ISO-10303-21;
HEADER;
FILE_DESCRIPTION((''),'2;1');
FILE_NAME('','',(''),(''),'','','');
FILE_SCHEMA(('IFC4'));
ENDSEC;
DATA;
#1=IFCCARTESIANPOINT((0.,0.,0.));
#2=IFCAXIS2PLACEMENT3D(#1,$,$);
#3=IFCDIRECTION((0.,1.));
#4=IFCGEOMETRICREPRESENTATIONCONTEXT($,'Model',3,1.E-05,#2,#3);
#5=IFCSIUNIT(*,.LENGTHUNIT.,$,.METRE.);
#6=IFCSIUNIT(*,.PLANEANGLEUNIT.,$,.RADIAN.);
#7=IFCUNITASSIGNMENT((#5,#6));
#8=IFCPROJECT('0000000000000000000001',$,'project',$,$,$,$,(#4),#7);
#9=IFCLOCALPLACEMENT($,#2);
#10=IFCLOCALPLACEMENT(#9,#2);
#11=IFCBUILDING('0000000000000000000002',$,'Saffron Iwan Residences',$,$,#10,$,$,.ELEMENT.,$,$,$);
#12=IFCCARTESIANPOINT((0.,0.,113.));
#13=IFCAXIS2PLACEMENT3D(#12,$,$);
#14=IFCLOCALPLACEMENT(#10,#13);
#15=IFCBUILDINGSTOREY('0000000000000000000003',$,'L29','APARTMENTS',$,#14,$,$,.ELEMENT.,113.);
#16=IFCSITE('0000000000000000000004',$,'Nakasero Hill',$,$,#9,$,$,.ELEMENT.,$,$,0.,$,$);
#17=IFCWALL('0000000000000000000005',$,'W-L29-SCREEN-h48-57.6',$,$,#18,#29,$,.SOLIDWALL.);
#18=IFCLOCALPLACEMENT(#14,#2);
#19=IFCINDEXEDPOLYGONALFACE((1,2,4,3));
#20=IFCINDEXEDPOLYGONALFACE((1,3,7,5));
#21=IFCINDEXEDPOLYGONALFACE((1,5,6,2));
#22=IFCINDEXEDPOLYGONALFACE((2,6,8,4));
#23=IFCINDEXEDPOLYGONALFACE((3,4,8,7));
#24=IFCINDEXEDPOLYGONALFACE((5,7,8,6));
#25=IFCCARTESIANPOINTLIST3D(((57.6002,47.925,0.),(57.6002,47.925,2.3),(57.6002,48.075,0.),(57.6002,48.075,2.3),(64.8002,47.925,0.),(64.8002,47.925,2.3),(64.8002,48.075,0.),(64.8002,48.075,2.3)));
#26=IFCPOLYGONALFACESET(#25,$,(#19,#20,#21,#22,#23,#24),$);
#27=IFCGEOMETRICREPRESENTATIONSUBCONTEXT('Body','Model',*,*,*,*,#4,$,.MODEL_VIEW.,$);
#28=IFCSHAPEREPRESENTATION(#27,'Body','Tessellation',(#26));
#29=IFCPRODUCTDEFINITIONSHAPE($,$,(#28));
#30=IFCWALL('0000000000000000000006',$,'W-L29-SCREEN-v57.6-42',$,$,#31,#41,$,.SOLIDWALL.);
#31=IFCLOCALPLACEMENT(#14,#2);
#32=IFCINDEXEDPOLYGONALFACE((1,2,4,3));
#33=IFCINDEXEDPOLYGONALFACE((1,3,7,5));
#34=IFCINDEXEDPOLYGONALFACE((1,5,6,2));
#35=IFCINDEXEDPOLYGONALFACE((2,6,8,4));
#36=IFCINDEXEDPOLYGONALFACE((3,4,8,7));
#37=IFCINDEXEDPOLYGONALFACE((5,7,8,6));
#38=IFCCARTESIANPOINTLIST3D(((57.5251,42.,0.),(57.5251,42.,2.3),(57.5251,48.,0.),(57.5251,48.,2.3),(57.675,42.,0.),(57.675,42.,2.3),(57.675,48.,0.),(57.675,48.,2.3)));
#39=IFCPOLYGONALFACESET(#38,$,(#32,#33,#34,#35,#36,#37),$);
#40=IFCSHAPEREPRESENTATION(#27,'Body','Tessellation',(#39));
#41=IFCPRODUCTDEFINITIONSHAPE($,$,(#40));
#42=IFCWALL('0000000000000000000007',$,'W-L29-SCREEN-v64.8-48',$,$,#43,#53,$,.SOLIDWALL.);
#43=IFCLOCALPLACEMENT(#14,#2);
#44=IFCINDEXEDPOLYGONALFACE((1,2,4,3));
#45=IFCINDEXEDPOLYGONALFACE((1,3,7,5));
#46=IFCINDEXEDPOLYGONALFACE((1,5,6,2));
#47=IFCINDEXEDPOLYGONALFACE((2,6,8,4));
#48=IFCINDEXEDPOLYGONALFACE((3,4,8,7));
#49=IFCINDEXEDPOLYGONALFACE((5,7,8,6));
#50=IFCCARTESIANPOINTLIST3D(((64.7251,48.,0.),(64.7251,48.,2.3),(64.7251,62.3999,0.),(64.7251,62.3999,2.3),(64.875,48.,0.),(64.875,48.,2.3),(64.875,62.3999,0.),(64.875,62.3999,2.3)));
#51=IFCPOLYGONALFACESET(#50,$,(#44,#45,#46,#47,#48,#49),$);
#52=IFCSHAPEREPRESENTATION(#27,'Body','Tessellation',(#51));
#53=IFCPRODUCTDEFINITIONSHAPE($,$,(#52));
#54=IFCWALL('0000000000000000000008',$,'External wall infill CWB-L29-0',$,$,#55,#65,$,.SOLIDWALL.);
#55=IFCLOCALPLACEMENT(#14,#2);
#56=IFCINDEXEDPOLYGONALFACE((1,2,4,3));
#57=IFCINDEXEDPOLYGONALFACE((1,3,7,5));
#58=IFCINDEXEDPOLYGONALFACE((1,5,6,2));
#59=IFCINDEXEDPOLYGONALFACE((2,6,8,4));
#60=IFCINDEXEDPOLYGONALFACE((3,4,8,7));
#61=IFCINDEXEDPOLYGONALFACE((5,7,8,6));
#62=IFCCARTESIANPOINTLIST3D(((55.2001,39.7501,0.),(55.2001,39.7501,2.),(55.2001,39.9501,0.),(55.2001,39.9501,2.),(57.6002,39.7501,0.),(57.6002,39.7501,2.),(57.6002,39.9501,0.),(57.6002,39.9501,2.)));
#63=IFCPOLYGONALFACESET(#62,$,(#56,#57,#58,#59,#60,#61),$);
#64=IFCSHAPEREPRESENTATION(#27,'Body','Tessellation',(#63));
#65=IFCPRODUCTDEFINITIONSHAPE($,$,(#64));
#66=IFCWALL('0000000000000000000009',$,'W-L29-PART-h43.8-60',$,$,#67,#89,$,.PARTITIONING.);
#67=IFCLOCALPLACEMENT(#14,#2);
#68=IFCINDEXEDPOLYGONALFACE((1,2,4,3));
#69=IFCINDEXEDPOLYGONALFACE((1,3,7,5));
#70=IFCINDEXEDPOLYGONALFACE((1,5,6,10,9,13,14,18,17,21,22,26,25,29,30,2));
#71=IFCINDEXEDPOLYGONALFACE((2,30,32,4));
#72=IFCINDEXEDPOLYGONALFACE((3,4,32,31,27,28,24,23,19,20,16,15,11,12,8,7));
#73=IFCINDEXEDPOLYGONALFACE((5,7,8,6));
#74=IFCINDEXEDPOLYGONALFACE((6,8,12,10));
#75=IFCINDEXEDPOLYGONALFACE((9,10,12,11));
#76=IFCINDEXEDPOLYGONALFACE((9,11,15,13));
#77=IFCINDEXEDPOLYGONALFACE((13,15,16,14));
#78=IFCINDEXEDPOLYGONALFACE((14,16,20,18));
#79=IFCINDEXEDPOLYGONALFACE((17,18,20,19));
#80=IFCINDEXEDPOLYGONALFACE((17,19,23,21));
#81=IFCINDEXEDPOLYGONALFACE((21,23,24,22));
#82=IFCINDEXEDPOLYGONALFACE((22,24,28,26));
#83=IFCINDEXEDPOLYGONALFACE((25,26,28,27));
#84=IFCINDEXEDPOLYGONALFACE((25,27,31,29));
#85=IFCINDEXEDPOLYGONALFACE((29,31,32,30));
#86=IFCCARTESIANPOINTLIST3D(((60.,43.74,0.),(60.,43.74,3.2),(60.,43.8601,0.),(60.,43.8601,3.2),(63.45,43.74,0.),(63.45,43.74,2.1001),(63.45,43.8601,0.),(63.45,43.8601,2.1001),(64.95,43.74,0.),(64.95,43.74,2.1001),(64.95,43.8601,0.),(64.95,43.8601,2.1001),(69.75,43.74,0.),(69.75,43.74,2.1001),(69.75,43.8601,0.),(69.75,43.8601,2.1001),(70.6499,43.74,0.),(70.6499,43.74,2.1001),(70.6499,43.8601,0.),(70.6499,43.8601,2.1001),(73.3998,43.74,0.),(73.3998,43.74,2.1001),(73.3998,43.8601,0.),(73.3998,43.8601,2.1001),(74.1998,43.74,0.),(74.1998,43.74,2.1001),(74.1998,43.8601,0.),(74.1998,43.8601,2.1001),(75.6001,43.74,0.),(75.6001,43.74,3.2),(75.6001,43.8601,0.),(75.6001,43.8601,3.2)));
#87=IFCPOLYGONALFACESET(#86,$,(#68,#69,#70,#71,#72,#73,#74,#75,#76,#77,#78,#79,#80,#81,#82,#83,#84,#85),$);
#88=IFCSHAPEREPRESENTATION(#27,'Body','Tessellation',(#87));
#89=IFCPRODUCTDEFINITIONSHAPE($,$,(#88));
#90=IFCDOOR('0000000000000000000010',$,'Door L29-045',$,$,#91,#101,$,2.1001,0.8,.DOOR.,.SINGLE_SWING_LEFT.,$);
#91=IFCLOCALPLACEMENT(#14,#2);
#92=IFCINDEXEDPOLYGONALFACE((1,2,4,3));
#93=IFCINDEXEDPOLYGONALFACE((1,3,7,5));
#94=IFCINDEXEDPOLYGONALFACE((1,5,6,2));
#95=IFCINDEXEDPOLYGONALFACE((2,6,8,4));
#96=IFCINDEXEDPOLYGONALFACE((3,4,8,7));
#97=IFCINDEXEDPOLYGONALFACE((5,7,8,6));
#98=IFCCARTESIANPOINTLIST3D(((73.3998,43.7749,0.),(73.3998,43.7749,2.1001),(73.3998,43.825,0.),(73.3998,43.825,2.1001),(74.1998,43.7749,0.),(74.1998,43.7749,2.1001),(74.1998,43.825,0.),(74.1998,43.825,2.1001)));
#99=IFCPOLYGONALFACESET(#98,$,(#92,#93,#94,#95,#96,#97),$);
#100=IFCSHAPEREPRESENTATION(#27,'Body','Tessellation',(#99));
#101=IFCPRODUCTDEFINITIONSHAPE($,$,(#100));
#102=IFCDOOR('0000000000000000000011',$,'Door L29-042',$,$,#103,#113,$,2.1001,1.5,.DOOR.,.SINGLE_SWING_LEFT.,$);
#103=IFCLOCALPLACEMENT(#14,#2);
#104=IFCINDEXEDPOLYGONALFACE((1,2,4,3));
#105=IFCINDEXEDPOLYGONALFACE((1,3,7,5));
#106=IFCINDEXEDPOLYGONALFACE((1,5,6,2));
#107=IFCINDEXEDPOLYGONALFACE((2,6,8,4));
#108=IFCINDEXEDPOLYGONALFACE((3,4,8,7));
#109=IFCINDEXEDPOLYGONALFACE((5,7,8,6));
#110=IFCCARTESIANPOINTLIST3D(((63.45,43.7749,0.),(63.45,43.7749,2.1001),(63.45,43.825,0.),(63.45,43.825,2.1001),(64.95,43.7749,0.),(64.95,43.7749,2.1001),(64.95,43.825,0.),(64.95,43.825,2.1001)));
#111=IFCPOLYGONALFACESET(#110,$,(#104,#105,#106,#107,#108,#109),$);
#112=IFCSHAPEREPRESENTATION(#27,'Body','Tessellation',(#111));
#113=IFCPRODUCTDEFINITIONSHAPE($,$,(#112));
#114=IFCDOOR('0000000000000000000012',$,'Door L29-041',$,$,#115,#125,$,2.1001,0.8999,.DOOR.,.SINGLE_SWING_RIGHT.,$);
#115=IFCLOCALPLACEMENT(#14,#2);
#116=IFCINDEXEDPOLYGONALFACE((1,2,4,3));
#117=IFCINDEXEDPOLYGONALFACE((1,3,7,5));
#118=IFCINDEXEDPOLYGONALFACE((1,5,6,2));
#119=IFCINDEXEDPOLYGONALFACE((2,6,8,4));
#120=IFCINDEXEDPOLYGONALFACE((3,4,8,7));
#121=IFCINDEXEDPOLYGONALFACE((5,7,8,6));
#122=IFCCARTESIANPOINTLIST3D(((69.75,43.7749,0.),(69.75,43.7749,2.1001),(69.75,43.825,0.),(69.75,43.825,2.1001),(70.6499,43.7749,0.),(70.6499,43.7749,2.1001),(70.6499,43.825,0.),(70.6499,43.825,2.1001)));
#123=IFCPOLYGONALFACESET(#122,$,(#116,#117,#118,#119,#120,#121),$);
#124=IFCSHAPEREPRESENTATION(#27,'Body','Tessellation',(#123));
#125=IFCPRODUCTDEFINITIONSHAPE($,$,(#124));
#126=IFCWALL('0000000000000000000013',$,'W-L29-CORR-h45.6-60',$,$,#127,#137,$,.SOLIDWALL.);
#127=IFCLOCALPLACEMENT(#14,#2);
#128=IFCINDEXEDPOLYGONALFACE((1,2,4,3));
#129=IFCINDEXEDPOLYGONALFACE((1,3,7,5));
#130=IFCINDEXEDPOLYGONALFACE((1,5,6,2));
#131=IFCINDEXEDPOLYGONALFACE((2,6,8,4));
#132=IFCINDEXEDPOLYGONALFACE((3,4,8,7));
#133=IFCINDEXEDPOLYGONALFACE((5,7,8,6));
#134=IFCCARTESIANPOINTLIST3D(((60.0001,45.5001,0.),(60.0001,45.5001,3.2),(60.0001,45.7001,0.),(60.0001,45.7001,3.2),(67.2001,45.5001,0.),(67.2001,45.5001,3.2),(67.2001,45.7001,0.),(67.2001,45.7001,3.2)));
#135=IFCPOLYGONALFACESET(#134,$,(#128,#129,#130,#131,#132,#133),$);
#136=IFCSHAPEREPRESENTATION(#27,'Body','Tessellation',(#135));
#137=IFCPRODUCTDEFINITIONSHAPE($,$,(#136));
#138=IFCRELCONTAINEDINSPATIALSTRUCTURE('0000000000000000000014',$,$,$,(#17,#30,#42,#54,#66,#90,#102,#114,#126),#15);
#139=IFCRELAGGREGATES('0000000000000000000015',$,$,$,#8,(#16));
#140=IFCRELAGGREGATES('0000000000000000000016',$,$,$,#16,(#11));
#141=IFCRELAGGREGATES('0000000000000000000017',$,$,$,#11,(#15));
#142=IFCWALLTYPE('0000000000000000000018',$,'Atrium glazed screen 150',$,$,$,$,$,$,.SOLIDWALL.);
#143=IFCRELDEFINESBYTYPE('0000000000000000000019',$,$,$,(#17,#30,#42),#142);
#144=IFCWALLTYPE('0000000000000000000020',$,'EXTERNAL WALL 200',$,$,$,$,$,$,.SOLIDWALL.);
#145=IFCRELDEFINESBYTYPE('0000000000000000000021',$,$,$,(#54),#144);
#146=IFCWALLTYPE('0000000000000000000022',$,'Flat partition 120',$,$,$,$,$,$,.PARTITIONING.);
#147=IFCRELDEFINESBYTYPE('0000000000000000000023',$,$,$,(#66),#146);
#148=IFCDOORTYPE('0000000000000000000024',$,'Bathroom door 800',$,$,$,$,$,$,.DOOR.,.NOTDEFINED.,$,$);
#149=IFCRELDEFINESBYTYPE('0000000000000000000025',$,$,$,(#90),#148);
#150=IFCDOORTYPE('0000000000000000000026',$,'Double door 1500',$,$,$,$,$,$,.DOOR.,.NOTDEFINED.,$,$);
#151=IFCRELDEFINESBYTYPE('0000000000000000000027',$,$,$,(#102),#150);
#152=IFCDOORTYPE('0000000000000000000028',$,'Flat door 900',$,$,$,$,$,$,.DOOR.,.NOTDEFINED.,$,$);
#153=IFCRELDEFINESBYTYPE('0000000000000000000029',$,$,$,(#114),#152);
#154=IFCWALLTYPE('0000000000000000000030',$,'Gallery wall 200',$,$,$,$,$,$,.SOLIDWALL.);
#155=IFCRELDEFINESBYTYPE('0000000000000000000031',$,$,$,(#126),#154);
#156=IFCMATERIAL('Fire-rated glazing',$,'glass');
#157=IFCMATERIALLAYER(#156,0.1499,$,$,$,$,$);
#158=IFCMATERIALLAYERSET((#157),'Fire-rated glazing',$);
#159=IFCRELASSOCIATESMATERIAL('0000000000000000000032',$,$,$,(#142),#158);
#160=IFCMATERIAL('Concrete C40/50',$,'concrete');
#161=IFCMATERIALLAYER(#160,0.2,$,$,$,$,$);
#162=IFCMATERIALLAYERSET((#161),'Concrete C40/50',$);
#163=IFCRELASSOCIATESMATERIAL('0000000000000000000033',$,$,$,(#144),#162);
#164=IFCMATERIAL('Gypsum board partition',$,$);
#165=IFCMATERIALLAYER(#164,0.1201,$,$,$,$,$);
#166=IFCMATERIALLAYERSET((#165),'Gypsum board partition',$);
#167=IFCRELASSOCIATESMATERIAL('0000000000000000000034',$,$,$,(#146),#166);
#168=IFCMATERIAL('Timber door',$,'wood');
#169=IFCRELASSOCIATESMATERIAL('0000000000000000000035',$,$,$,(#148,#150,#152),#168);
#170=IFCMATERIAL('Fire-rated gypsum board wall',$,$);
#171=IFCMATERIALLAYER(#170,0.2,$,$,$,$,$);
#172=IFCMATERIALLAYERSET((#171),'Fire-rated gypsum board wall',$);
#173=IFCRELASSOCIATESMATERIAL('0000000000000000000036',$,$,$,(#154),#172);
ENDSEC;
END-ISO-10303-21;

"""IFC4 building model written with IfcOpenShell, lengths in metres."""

from ifc_helpers import new_model, si_unit, direction, frame, frame_2d, origin, place, context, subcontext, project, spatial, rectangle, extrude, material, layer, layer_set, type_object, element, fill, save


model = new_model("IFC4")

# Units and contexts
model_context = context("Model", 3, precision=1e-05, world=origin(), true_north=direction((0.0, 1.0)))
body_context = subcontext(model_context, "Body", "Model", "MODEL_VIEW")
ifc_project = project(units=[si_unit("LENGTHUNIT", "METRE"), si_unit("PLANEANGLEUNIT", "RADIAN")], contexts=[model_context])

# Site, building, storey
site_placement = place(None, origin())
site = spatial("IfcSite", under=ifc_project, at=site_placement, Name="Nakasero Hill", CompositionType="ELEMENT", RefElevation=0.0)
building_placement = place(site_placement, origin())
building = spatial("IfcBuilding", under=site, at=building_placement, Name="Saffron Iwan Residences", CompositionType="ELEMENT")
storey_placement = place(building_placement, frame((0.0, 0.0, 113.0)))
storey = spatial("IfcBuildingStorey", under=building, at=storey_placement, Name="L29", Description="APARTMENTS", CompositionType="ELEMENT", Elevation=113.0)

# Walls
ifc_material_1 = material(Name="Fire-rated glazing", Category="glass")
ifc_layer_1 = layer(ifc_material_1, 0.1499)
ifc_layer_set_1 = layer_set([ifc_layer_1], Name="Fire-rated glazing")
wall_type_1 = type_object("IfcWallType", Name="Atrium glazed screen 150", PredefinedType="SOLIDWALL", material=ifc_layer_set_1)
wall_1_placement = place(storey_placement, frame((57.6001, 48.0, 0.0), z_axis=(0.0, 0.0, 1.0), x_axis=(1.0, 0.0, 0.0)))
element("IfcWall", 1, at=wall_1_placement, inside=storey, type_object=wall_type_1, Name="W-L29-SCREEN-h48-57.6", PredefinedType="SOLIDWALL", context=body_context, shape_type="SweptSolid", body=[
    extrude(rectangle(XDim=7.2, YDim=0.1499, at=frame_2d((3.6001, 0.0))), origin(), (0.0, 0.0, 1.0), 2.3),
])
wall_2_placement = place(storey_placement, frame((57.6001, 42.0, 0.0), z_axis=(0.0, 0.0, 1.0), x_axis=(0.0, 1.0, 0.0)))
element("IfcWall", 2, at=wall_2_placement, inside=storey, type_object=wall_type_1, Name="W-L29-SCREEN-v57.6-42", PredefinedType="SOLIDWALL", context=body_context, shape_type="SweptSolid", body=[
    extrude(rectangle(XDim=6.0, YDim=0.1499, at=frame_2d((3.0, 0.0))), origin(), (0.0, 0.0, 1.0), 2.3),
])
wall_3_placement = place(storey_placement, frame((64.8, 48.0, 0.0), z_axis=(0.0, 0.0, 1.0), x_axis=(0.0, 1.0, 0.0)))
element("IfcWall", 3, at=wall_3_placement, inside=storey, type_object=wall_type_1, Name="W-L29-SCREEN-v64.8-48", PredefinedType="SOLIDWALL", context=body_context, shape_type="SweptSolid", body=[
    extrude(rectangle(XDim=14.3999, YDim=0.1499, at=frame_2d((7.2, 0.0))), origin(), (0.0, 0.0, 1.0), 2.3),
])
ifc_material_2 = material(Name="Concrete C40/50", Category="concrete")
ifc_layer_2 = layer(ifc_material_2, 0.2)
ifc_layer_set_2 = layer_set([ifc_layer_2], Name="Concrete C40/50")
wall_type_2 = type_object("IfcWallType", Name="EXTERNAL WALL 200", PredefinedType="SOLIDWALL", material=ifc_layer_set_2)
wall_4_placement = place(storey_placement, frame((55.2, 39.8501, 0.0), z_axis=(0.0, 0.0, 1.0), x_axis=(1.0, 0.0, 0.0)))
element("IfcWall", 4, at=wall_4_placement, inside=storey, type_object=wall_type_2, Name="External wall infill CWB-L29-0", PredefinedType="SOLIDWALL", context=body_context, shape_type="SweptSolid", body=[
    extrude(rectangle(XDim=2.4001, YDim=0.2, at=frame_2d((1.2002, 0.0))), origin(), (0.0, 0.0, 1.0), 2.0),
])

# Wall, openings, doors
ifc_material_3 = material(Name="Gypsum board partition")
ifc_layer_3 = layer(ifc_material_3, 0.1201)
ifc_layer_set_3 = layer_set([ifc_layer_3], Name="Gypsum board partition")
wall_type_3 = type_object("IfcWallType", Name="Flat partition 120", PredefinedType="PARTITIONING", material=ifc_layer_set_3)
wall_5_placement = place(storey_placement, frame((60.0, 43.8, 0.0), z_axis=(0.0, 0.0, 1.0), x_axis=(1.0, 0.0, 0.0)))
wall_5 = element("IfcWall", 5, at=wall_5_placement, inside=storey, type_object=wall_type_3, Name="W-L29-PART-h43.8-60", PredefinedType="PARTITIONING", context=body_context, shape_type="SweptSolid", body=[
    extrude(rectangle(XDim=15.6001, YDim=0.1201, at=frame_2d((7.8, 0.0))), origin(), (0.0, 0.0, 1.0), 3.2),
])
opening_1_placement = place(wall_5_placement, frame((9.75, 0.0, 0.0)))
opening_1 = element("IfcOpeningElement", 6, at=opening_1_placement, cuts=wall_5, PredefinedType="OPENING", context=body_context, shape_type="SweptSolid", body=[
    extrude(rectangle(XDim=0.8999, YDim=2.1001, at=frame_2d((0.45, 1.05))), frame((0.0, 0.0701, 0.0), z_axis=(0.0, -1.0, 0.0), x_axis=(1.0, 0.0, 0.0)), (0.0, 0.0, 1.0), 0.1401),
])
opening_2_placement = place(wall_5_placement, frame((3.45, 0.0, 0.0)))
opening_2 = element("IfcOpeningElement", 7, at=opening_2_placement, cuts=wall_5, PredefinedType="OPENING", context=body_context, shape_type="SweptSolid", body=[
    extrude(rectangle(XDim=1.5, YDim=2.1001, at=frame_2d((0.75, 1.05))), frame((0.0, 0.0701, 0.0), z_axis=(0.0, -1.0, 0.0), x_axis=(1.0, 0.0, 0.0)), (0.0, 0.0, 1.0), 0.1401),
])
opening_3_placement = place(wall_5_placement, frame((13.3999, 0.0, 0.0)))
opening_3 = element("IfcOpeningElement", 8, at=opening_3_placement, cuts=wall_5, PredefinedType="OPENING", context=body_context, shape_type="SweptSolid", body=[
    extrude(rectangle(XDim=0.8, YDim=2.1001, at=frame_2d((0.3999, 1.05))), frame((0.0, 0.0701, 0.0), z_axis=(0.0, -1.0, 0.0), x_axis=(1.0, 0.0, 0.0)), (0.0, 0.0, 1.0), 0.1401),
])
ifc_material_4 = material(Name="Timber door", Category="wood")
door_type_1 = type_object("IfcDoorType", Name="Bathroom door 800", OperationType="NOTDEFINED", PredefinedType="DOOR", material=ifc_material_4)
door_1_placement = place(opening_3_placement, origin())
door_1 = element("IfcDoor", 9, at=door_1_placement, inside=storey, type_object=door_type_1, Name="Door L29-045", OperationType="SINGLE_SWING_LEFT", OverallHeight=2.1001, OverallWidth=0.8, PredefinedType="DOOR", context=body_context, shape_type="SweptSolid", body=[
    extrude(rectangle(XDim=0.8, YDim=2.1001, at=frame_2d((0.3999, 1.05))), frame((0.0, 0.0249, 0.0), z_axis=(0.0, -1.0, 0.0), x_axis=(1.0, 0.0, 0.0)), (0.0, 0.0, 1.0), 0.05),
])
fill(opening_3, door_1)
door_type_2 = type_object("IfcDoorType", Name="Double door 1500", OperationType="NOTDEFINED", PredefinedType="DOOR", material=ifc_material_4)
door_2_placement = place(opening_2_placement, origin())
door_2 = element("IfcDoor", 10, at=door_2_placement, inside=storey, type_object=door_type_2, Name="Door L29-042", OperationType="SINGLE_SWING_LEFT", OverallHeight=2.1001, OverallWidth=1.5, PredefinedType="DOOR", context=body_context, shape_type="SweptSolid", body=[
    extrude(rectangle(XDim=1.5, YDim=2.1001, at=frame_2d((0.75, 1.05))), frame((0.0, 0.0249, 0.0), z_axis=(0.0, -1.0, 0.0), x_axis=(1.0, 0.0, 0.0)), (0.0, 0.0, 1.0), 0.05),
])
fill(opening_2, door_2)
door_type_3 = type_object("IfcDoorType", Name="Flat door 900", OperationType="NOTDEFINED", PredefinedType="DOOR", material=ifc_material_4)
door_3_placement = place(opening_1_placement, origin())
door_3 = element("IfcDoor", 11, at=door_3_placement, inside=storey, type_object=door_type_3, Name="Door L29-041", OperationType="SINGLE_SWING_RIGHT", OverallHeight=2.1001, OverallWidth=0.8999, PredefinedType="DOOR", context=body_context, shape_type="SweptSolid", body=[
    extrude(rectangle(XDim=0.8999, YDim=2.1001, at=frame_2d((0.45, 1.05))), frame((0.0, 0.0249, 0.0), z_axis=(0.0, -1.0, 0.0), x_axis=(1.0, 0.0, 0.0)), (0.0, 0.0, 1.0), 0.05),
])
fill(opening_1, door_3)

# Wall
ifc_material_5 = material(Name="Fire-rated gypsum board wall")
ifc_layer_4 = layer(ifc_material_5, 0.2)
ifc_layer_set_4 = layer_set([ifc_layer_4], Name="Fire-rated gypsum board wall")
wall_type_4 = type_object("IfcWallType", Name="Gallery wall 200", PredefinedType="SOLIDWALL", material=ifc_layer_set_4)
wall_6_placement = place(storey_placement, frame((60.0, 45.6001, 0.0), z_axis=(0.0, 0.0, 1.0), x_axis=(1.0, 0.0, 0.0)))
element("IfcWall", 12, at=wall_6_placement, inside=storey, type_object=wall_type_4, Name="W-L29-CORR-h45.6-60", PredefinedType="SOLIDWALL", context=body_context, shape_type="SweptSolid", body=[
    extrude(rectangle(XDim=7.2, YDim=0.2, at=frame_2d((3.6001, 0.0))), origin(), (0.0, 0.0, 1.0), 3.2),
])

save(model, "model.ifc")
